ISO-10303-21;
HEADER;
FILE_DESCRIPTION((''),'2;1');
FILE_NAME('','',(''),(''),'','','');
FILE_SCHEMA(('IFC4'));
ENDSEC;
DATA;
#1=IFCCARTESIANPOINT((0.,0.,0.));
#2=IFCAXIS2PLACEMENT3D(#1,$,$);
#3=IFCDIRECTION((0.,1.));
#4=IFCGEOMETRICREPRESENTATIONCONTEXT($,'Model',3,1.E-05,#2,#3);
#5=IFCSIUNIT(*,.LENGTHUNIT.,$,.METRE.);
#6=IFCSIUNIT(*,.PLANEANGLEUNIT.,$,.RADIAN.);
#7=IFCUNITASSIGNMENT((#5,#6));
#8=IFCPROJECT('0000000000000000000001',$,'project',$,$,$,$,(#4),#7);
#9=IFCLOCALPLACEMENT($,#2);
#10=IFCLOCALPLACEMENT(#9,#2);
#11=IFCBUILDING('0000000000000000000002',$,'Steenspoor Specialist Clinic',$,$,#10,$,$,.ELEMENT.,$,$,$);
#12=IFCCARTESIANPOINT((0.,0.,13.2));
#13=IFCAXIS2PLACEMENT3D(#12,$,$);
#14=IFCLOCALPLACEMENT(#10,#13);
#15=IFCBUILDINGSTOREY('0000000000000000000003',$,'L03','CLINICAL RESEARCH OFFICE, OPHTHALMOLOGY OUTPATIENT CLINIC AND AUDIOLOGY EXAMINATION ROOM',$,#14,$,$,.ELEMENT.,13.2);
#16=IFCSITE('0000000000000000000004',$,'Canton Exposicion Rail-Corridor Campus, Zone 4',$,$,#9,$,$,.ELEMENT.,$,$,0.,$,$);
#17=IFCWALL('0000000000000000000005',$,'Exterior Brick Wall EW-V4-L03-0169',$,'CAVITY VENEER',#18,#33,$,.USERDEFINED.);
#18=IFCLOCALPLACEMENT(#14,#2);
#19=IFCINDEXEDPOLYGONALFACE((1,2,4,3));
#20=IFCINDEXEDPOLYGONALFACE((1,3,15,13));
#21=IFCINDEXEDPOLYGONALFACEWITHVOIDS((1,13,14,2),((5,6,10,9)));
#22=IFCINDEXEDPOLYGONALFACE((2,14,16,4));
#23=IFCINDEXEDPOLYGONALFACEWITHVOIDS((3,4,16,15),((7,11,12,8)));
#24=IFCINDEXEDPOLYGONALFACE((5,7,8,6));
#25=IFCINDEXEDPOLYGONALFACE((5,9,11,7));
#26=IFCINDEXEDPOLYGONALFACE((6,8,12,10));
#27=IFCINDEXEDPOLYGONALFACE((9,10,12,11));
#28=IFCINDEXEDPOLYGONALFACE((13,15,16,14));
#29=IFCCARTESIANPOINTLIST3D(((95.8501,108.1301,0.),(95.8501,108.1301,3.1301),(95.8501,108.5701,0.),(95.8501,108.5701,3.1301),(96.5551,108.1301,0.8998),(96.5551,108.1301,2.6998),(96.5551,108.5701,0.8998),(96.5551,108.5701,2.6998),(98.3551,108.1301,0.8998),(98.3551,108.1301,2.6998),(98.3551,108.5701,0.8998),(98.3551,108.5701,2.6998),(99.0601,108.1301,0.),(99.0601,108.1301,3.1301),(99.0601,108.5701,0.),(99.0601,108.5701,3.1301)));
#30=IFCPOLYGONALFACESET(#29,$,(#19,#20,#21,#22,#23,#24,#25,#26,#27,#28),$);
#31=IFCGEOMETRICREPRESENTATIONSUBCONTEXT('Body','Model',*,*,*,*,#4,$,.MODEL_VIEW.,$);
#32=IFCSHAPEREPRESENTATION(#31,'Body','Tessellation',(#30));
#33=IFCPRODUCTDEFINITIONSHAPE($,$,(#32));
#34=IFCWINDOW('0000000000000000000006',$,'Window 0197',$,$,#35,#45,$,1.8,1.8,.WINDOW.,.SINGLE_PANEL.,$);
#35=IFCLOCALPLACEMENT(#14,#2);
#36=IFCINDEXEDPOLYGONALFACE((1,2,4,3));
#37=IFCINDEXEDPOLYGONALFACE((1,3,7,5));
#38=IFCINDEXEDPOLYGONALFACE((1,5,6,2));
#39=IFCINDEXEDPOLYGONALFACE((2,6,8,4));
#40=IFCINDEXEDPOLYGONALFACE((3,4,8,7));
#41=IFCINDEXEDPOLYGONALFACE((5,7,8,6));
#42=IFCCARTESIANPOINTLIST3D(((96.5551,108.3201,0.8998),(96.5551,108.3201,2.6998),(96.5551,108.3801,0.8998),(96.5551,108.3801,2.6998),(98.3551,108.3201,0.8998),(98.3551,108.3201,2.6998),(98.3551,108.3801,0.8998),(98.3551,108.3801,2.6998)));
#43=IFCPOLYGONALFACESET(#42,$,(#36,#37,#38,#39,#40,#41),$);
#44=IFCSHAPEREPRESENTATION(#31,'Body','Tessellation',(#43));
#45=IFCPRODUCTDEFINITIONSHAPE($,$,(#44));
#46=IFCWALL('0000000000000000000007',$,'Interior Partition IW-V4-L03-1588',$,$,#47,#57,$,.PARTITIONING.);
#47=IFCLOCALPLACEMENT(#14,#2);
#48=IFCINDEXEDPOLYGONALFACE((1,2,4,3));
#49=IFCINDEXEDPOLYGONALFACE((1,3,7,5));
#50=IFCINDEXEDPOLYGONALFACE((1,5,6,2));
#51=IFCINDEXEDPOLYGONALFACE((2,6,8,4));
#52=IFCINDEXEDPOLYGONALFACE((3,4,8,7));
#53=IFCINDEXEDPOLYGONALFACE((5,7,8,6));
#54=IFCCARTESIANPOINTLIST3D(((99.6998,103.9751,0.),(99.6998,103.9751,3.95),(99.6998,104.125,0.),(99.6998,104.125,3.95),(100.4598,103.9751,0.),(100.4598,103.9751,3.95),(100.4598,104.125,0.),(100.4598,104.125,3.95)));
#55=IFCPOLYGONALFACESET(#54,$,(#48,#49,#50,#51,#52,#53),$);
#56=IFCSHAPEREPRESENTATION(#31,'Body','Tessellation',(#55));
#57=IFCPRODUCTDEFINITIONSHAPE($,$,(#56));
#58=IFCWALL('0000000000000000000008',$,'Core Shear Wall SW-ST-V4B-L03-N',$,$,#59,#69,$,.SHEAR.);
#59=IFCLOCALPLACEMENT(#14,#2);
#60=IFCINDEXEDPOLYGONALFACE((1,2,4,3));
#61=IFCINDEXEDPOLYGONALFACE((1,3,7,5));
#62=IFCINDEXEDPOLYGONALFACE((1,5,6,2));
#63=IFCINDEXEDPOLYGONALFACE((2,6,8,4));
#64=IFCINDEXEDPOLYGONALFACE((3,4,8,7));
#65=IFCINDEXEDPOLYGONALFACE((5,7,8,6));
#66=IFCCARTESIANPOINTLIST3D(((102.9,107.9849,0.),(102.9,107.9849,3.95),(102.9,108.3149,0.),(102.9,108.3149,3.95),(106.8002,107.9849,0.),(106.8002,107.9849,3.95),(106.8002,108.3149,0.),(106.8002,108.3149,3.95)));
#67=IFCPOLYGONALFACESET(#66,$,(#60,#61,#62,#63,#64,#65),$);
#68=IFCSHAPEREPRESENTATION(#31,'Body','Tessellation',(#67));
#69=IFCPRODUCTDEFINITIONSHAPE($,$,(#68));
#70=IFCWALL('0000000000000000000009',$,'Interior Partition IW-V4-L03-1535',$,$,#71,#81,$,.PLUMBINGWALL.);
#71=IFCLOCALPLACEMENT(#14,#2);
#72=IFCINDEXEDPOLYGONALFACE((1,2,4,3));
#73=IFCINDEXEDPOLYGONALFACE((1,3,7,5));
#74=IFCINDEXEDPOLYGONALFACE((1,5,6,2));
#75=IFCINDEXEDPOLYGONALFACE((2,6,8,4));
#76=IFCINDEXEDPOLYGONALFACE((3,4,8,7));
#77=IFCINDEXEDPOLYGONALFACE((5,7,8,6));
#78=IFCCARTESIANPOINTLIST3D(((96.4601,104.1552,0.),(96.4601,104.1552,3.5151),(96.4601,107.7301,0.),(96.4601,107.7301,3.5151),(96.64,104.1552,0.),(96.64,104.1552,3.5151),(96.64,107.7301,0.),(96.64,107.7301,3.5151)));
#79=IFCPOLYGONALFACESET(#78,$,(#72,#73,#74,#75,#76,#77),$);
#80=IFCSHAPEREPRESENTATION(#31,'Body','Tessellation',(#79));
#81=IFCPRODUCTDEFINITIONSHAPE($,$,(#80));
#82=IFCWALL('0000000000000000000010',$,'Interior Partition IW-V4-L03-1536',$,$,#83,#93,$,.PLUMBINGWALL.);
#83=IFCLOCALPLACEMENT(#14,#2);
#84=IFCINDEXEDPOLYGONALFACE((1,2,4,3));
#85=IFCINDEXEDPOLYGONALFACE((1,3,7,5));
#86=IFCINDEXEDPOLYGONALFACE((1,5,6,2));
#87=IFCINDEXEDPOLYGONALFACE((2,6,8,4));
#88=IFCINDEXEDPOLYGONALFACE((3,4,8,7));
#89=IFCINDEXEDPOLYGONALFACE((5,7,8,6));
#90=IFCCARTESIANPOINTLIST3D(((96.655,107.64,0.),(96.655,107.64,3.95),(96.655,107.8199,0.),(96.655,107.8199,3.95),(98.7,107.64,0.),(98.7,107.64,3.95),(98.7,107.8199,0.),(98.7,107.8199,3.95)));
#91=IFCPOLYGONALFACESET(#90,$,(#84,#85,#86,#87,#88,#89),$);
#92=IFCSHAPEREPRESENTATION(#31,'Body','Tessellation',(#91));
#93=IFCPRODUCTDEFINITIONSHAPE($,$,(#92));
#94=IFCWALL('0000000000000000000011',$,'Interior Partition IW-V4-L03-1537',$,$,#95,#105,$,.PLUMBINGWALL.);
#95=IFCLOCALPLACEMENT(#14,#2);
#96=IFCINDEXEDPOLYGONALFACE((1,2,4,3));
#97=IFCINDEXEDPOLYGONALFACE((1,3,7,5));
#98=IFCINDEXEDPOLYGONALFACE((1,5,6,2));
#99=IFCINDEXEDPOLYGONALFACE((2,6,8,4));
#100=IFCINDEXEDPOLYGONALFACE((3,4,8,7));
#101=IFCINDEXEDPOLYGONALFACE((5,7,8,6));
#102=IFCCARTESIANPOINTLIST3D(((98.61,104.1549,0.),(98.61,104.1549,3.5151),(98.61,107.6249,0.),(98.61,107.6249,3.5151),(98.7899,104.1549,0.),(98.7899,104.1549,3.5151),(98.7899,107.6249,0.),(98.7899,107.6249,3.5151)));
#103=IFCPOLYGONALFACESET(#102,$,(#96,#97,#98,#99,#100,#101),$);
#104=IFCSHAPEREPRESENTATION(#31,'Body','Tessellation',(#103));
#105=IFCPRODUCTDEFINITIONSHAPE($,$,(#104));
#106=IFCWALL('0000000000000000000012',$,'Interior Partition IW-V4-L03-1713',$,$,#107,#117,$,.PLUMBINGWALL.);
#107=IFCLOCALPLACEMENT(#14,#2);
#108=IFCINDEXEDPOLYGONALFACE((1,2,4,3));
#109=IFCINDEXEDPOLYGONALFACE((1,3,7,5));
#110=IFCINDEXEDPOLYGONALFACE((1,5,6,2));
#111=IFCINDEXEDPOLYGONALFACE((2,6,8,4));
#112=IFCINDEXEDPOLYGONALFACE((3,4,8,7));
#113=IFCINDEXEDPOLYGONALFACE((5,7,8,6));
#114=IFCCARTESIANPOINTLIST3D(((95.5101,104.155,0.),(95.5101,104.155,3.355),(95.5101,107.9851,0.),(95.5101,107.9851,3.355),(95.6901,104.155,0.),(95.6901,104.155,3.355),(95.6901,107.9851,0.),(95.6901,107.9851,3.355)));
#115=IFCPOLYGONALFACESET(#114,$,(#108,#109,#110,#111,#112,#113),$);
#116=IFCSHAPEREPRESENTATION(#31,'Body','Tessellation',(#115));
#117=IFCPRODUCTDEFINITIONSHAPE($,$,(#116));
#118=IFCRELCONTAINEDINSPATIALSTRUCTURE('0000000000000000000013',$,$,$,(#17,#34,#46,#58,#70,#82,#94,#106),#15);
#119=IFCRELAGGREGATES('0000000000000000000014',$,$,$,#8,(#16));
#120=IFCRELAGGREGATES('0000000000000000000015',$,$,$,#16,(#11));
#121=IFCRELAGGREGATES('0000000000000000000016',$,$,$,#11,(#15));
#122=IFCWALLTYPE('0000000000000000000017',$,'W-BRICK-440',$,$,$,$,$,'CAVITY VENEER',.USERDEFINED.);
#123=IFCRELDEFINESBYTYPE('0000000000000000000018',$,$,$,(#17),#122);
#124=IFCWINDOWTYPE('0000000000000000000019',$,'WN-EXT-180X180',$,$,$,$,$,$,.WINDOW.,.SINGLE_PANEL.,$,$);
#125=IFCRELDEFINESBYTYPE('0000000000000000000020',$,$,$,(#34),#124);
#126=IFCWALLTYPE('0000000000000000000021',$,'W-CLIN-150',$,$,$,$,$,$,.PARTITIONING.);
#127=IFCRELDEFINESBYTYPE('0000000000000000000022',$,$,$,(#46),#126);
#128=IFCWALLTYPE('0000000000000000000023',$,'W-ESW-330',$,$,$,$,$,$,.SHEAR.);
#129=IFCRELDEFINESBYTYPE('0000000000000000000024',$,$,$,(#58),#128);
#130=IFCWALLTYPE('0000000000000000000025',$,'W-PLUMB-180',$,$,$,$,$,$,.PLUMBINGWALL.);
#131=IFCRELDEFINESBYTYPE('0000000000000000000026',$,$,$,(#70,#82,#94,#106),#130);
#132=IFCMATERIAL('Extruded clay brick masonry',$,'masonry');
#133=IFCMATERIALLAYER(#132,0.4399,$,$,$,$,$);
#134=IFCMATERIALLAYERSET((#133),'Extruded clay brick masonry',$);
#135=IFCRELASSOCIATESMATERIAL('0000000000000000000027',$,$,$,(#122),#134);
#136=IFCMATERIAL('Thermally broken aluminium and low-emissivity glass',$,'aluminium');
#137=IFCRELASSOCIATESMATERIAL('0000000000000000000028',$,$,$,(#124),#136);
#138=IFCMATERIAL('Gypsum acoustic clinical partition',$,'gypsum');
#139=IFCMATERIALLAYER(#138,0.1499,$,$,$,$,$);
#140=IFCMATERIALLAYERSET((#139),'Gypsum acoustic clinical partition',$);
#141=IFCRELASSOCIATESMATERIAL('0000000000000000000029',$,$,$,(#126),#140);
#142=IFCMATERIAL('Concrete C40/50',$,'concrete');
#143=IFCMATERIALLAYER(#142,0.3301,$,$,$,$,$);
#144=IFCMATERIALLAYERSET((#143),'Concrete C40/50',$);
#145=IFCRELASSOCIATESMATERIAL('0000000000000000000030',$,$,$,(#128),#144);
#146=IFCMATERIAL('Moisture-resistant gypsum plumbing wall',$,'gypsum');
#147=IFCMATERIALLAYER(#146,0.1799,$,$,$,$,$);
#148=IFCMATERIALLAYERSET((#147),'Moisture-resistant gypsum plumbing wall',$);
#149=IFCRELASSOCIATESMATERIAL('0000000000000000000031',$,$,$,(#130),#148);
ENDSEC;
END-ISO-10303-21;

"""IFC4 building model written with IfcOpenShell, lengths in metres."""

from ifc_helpers import new_model, si_unit, direction, frame, frame_2d, origin, place, context, subcontext, project, spatial, rectangle, extrude, material, layer, layer_set, type_object, element, fill, save


model = new_model("IFC4")

# Units and contexts
model_context = context("Model", 3, precision=1e-05, world=origin(), true_north=direction((0.0, 1.0)))
body_context = subcontext(model_context, "Body", "Model", "MODEL_VIEW")
ifc_project = project(units=[si_unit("LENGTHUNIT", "METRE"), si_unit("PLANEANGLEUNIT", "RADIAN")], contexts=[model_context])

# Site, building, storey
site_placement = place(None, origin())
site = spatial("IfcSite", under=ifc_project, at=site_placement, Name="Canton Exposicion Rail-Corridor Campus, Zone 4", CompositionType="ELEMENT", RefElevation=0.0)
building_placement = place(site_placement, origin())
building = spatial("IfcBuilding", under=site, at=building_placement, Name="Steenspoor Specialist Clinic", CompositionType="ELEMENT")
storey_placement = place(building_placement, frame((0.0, 0.0, 13.2)))
storey = spatial("IfcBuildingStorey", under=building, at=storey_placement, Name="L03", Description="CLINICAL RESEARCH OFFICE, OPHTHALMOLOGY OUTPATIENT CLINIC AND AUDIOLOGY EXAMINATION ROOM", CompositionType="ELEMENT", Elevation=13.2)

# Shared definitions
ifc_material_1 = material(Name="Concrete C40/50", Category="concrete")

# Shared definitions
ifc_material_2 = material(Name="Thermally broken aluminium and low-emissivity glass", Category="aluminium")

# Wall, opening, window
ifc_material_3 = material(Name="Extruded clay brick masonry", Category="masonry")
ifc_layer_1 = layer(ifc_material_3, 0.4399)
ifc_layer_set_1 = layer_set([ifc_layer_1], Name="Extruded clay brick masonry")
wall_type_1 = type_object("IfcWallType", Name="W-BRICK-440", ElementType="CAVITY VENEER", PredefinedType="USERDEFINED", material=ifc_layer_set_1)
wall_1_placement = place(storey_placement, frame((95.8501, 108.3501, 0.0), z_axis=(0.0, 0.0, 1.0), x_axis=(1.0, 0.0, 0.0)))
wall_1 = element("IfcWall", 1, at=wall_1_placement, inside=storey, type_object=wall_type_1, Name="Exterior Brick Wall EW-V4-L03-0169", ObjectType="CAVITY VENEER", PredefinedType="USERDEFINED", context=body_context, shape_type="SweptSolid", body=[
    extrude(rectangle(XDim=3.21, YDim=0.4399, at=frame_2d((1.605, 0.0))), origin(), (0.0, 0.0, 1.0), 3.1301),
])
opening_1_placement = place(wall_1_placement, frame((0.7051, 0.0, 0.8999)))
opening_1 = element("IfcOpeningElement", 2, at=opening_1_placement, cuts=wall_1, PredefinedType="OPENING", context=body_context, shape_type="SweptSolid", body=[
    extrude(rectangle(XDim=1.8, YDim=1.8, at=frame_2d((0.8999, 0.8999))), frame((0.0, 0.23, 0.0), z_axis=(0.0, -1.0, 0.0), x_axis=(1.0, 0.0, 0.0)), (0.0, 0.0, 1.0), 0.46),
])
window_type_1 = type_object("IfcWindowType", Name="WN-EXT-180X180", PartitioningType="SINGLE_PANEL", PredefinedType="WINDOW", material=ifc_material_2)
window_1_placement = place(opening_1_placement, origin())
window_1 = element("IfcWindow", 3, at=window_1_placement, inside=storey, type_object=window_type_1, Name="Window 0197", OverallHeight=1.8, OverallWidth=1.8, PartitioningType="SINGLE_PANEL", PredefinedType="WINDOW", context=body_context, shape_type="SweptSolid", body=[
    extrude(rectangle(XDim=1.8, YDim=1.8, at=frame_2d((0.8999, 0.8999))), frame((0.0, 0.03, 0.0), z_axis=(0.0, -1.0, 0.0), x_axis=(1.0, 0.0, 0.0)), (0.0, 0.0, 1.0), 0.0601),
])
fill(opening_1, window_1)

# Shared definitions
ifc_material_4 = material(Name="Gypsum acoustic clinical partition", Category="gypsum")
ifc_layer_2 = layer(ifc_material_4, 0.1499)
ifc_layer_set_2 = layer_set([ifc_layer_2], Name="Gypsum acoustic clinical partition")
wall_type_2 = type_object("IfcWallType", Name="W-CLIN-150", PredefinedType="PARTITIONING", material=ifc_layer_set_2)

# Walls
wall_2_placement = place(storey_placement, frame((99.7, 104.05, 0.0), z_axis=(0.0, 0.0, 1.0), x_axis=(1.0, 0.0, 0.0)))
element("IfcWall", 4, at=wall_2_placement, inside=storey, type_object=wall_type_2, Name="Interior Partition IW-V4-L03-1588", PredefinedType="PARTITIONING", context=body_context, shape_type="SweptSolid", body=[
    extrude(rectangle(XDim=0.76, YDim=0.1499, at=frame_2d((0.3799, 0.0))), origin(), (0.0, 0.0, 1.0), 3.95),
])
ifc_layer_3 = layer(ifc_material_1, 0.3301)
ifc_layer_set_3 = layer_set([ifc_layer_3], Name="Concrete C40/50")
wall_type_3 = type_object("IfcWallType", Name="W-ESW-330", PredefinedType="SHEAR", material=ifc_layer_set_3)
wall_3_placement = place(storey_placement, frame((102.8999, 108.1499, 0.0), z_axis=(0.0, 0.0, 1.0), x_axis=(1.0, 0.0, 0.0)))
element("IfcWall", 5, at=wall_3_placement, inside=storey, type_object=wall_type_3, Name="Core Shear Wall SW-ST-V4B-L03-N", PredefinedType="SHEAR", context=body_context, shape_type="SweptSolid", body=[
    extrude(rectangle(XDim=3.9001, YDim=0.3301, at=frame_2d((1.9502, 0.0))), origin(), (0.0, 0.0, 1.0), 3.95),
])
ifc_material_5 = material(Name="Moisture-resistant gypsum plumbing wall", Category="gypsum")
ifc_layer_4 = layer(ifc_material_5, 0.1799)
ifc_layer_set_4 = layer_set([ifc_layer_4], Name="Moisture-resistant gypsum plumbing wall")
wall_type_4 = type_object("IfcWallType", Name="W-PLUMB-180", PredefinedType="PLUMBINGWALL", material=ifc_layer_set_4)
wall_4_placement = place(storey_placement, frame((96.55, 104.155, 0.0), z_axis=(0.0, 0.0, 1.0), x_axis=(0.0, 1.0, 0.0)))
element("IfcWall", 6, at=wall_4_placement, inside=storey, type_object=wall_type_4, Name="Interior Partition IW-V4-L03-1535", PredefinedType="PLUMBINGWALL", context=body_context, shape_type="SweptSolid", body=[
    extrude(rectangle(XDim=3.575, YDim=0.1799, at=frame_2d((1.7876, 0.0))), origin(), (0.0, 0.0, 1.0), 3.5151),
])
wall_5_placement = place(storey_placement, frame((96.655, 107.73, 0.0), z_axis=(0.0, 0.0, 1.0), x_axis=(1.0, 0.0, 0.0)))
element("IfcWall", 7, at=wall_5_placement, inside=storey, type_object=wall_type_4, Name="Interior Partition IW-V4-L03-1536", PredefinedType="PLUMBINGWALL", context=body_context, shape_type="SweptSolid", body=[
    extrude(rectangle(XDim=2.0449, YDim=0.1799, at=frame_2d((1.0225, 0.0))), origin(), (0.0, 0.0, 1.0), 3.95),
])
wall_6_placement = place(storey_placement, frame((98.7, 104.155, 0.0), z_axis=(0.0, 0.0, 1.0), x_axis=(0.0, 1.0, 0.0)))
element("IfcWall", 8, at=wall_6_placement, inside=storey, type_object=wall_type_4, Name="Interior Partition IW-V4-L03-1537", PredefinedType="PLUMBINGWALL", context=body_context, shape_type="SweptSolid", body=[
    extrude(rectangle(XDim=3.47, YDim=0.1799, at=frame_2d((1.7349, 0.0))), origin(), (0.0, 0.0, 1.0), 3.5151),
])
wall_7_placement = place(storey_placement, frame((95.6001, 104.155, 0.0), z_axis=(0.0, 0.0, 1.0), x_axis=(0.0, 1.0, 0.0)))
element("IfcWall", 9, at=wall_7_placement, inside=storey, type_object=wall_type_4, Name="Interior Partition IW-V4-L03-1713", PredefinedType="PLUMBINGWALL", context=body_context, shape_type="SweptSolid", body=[
    extrude(rectangle(XDim=3.8301, YDim=0.1799, at=frame_2d((1.915, 0.0))), origin(), (0.0, 0.0, 1.0), 3.355),
])

save(model, "model.ifc")
